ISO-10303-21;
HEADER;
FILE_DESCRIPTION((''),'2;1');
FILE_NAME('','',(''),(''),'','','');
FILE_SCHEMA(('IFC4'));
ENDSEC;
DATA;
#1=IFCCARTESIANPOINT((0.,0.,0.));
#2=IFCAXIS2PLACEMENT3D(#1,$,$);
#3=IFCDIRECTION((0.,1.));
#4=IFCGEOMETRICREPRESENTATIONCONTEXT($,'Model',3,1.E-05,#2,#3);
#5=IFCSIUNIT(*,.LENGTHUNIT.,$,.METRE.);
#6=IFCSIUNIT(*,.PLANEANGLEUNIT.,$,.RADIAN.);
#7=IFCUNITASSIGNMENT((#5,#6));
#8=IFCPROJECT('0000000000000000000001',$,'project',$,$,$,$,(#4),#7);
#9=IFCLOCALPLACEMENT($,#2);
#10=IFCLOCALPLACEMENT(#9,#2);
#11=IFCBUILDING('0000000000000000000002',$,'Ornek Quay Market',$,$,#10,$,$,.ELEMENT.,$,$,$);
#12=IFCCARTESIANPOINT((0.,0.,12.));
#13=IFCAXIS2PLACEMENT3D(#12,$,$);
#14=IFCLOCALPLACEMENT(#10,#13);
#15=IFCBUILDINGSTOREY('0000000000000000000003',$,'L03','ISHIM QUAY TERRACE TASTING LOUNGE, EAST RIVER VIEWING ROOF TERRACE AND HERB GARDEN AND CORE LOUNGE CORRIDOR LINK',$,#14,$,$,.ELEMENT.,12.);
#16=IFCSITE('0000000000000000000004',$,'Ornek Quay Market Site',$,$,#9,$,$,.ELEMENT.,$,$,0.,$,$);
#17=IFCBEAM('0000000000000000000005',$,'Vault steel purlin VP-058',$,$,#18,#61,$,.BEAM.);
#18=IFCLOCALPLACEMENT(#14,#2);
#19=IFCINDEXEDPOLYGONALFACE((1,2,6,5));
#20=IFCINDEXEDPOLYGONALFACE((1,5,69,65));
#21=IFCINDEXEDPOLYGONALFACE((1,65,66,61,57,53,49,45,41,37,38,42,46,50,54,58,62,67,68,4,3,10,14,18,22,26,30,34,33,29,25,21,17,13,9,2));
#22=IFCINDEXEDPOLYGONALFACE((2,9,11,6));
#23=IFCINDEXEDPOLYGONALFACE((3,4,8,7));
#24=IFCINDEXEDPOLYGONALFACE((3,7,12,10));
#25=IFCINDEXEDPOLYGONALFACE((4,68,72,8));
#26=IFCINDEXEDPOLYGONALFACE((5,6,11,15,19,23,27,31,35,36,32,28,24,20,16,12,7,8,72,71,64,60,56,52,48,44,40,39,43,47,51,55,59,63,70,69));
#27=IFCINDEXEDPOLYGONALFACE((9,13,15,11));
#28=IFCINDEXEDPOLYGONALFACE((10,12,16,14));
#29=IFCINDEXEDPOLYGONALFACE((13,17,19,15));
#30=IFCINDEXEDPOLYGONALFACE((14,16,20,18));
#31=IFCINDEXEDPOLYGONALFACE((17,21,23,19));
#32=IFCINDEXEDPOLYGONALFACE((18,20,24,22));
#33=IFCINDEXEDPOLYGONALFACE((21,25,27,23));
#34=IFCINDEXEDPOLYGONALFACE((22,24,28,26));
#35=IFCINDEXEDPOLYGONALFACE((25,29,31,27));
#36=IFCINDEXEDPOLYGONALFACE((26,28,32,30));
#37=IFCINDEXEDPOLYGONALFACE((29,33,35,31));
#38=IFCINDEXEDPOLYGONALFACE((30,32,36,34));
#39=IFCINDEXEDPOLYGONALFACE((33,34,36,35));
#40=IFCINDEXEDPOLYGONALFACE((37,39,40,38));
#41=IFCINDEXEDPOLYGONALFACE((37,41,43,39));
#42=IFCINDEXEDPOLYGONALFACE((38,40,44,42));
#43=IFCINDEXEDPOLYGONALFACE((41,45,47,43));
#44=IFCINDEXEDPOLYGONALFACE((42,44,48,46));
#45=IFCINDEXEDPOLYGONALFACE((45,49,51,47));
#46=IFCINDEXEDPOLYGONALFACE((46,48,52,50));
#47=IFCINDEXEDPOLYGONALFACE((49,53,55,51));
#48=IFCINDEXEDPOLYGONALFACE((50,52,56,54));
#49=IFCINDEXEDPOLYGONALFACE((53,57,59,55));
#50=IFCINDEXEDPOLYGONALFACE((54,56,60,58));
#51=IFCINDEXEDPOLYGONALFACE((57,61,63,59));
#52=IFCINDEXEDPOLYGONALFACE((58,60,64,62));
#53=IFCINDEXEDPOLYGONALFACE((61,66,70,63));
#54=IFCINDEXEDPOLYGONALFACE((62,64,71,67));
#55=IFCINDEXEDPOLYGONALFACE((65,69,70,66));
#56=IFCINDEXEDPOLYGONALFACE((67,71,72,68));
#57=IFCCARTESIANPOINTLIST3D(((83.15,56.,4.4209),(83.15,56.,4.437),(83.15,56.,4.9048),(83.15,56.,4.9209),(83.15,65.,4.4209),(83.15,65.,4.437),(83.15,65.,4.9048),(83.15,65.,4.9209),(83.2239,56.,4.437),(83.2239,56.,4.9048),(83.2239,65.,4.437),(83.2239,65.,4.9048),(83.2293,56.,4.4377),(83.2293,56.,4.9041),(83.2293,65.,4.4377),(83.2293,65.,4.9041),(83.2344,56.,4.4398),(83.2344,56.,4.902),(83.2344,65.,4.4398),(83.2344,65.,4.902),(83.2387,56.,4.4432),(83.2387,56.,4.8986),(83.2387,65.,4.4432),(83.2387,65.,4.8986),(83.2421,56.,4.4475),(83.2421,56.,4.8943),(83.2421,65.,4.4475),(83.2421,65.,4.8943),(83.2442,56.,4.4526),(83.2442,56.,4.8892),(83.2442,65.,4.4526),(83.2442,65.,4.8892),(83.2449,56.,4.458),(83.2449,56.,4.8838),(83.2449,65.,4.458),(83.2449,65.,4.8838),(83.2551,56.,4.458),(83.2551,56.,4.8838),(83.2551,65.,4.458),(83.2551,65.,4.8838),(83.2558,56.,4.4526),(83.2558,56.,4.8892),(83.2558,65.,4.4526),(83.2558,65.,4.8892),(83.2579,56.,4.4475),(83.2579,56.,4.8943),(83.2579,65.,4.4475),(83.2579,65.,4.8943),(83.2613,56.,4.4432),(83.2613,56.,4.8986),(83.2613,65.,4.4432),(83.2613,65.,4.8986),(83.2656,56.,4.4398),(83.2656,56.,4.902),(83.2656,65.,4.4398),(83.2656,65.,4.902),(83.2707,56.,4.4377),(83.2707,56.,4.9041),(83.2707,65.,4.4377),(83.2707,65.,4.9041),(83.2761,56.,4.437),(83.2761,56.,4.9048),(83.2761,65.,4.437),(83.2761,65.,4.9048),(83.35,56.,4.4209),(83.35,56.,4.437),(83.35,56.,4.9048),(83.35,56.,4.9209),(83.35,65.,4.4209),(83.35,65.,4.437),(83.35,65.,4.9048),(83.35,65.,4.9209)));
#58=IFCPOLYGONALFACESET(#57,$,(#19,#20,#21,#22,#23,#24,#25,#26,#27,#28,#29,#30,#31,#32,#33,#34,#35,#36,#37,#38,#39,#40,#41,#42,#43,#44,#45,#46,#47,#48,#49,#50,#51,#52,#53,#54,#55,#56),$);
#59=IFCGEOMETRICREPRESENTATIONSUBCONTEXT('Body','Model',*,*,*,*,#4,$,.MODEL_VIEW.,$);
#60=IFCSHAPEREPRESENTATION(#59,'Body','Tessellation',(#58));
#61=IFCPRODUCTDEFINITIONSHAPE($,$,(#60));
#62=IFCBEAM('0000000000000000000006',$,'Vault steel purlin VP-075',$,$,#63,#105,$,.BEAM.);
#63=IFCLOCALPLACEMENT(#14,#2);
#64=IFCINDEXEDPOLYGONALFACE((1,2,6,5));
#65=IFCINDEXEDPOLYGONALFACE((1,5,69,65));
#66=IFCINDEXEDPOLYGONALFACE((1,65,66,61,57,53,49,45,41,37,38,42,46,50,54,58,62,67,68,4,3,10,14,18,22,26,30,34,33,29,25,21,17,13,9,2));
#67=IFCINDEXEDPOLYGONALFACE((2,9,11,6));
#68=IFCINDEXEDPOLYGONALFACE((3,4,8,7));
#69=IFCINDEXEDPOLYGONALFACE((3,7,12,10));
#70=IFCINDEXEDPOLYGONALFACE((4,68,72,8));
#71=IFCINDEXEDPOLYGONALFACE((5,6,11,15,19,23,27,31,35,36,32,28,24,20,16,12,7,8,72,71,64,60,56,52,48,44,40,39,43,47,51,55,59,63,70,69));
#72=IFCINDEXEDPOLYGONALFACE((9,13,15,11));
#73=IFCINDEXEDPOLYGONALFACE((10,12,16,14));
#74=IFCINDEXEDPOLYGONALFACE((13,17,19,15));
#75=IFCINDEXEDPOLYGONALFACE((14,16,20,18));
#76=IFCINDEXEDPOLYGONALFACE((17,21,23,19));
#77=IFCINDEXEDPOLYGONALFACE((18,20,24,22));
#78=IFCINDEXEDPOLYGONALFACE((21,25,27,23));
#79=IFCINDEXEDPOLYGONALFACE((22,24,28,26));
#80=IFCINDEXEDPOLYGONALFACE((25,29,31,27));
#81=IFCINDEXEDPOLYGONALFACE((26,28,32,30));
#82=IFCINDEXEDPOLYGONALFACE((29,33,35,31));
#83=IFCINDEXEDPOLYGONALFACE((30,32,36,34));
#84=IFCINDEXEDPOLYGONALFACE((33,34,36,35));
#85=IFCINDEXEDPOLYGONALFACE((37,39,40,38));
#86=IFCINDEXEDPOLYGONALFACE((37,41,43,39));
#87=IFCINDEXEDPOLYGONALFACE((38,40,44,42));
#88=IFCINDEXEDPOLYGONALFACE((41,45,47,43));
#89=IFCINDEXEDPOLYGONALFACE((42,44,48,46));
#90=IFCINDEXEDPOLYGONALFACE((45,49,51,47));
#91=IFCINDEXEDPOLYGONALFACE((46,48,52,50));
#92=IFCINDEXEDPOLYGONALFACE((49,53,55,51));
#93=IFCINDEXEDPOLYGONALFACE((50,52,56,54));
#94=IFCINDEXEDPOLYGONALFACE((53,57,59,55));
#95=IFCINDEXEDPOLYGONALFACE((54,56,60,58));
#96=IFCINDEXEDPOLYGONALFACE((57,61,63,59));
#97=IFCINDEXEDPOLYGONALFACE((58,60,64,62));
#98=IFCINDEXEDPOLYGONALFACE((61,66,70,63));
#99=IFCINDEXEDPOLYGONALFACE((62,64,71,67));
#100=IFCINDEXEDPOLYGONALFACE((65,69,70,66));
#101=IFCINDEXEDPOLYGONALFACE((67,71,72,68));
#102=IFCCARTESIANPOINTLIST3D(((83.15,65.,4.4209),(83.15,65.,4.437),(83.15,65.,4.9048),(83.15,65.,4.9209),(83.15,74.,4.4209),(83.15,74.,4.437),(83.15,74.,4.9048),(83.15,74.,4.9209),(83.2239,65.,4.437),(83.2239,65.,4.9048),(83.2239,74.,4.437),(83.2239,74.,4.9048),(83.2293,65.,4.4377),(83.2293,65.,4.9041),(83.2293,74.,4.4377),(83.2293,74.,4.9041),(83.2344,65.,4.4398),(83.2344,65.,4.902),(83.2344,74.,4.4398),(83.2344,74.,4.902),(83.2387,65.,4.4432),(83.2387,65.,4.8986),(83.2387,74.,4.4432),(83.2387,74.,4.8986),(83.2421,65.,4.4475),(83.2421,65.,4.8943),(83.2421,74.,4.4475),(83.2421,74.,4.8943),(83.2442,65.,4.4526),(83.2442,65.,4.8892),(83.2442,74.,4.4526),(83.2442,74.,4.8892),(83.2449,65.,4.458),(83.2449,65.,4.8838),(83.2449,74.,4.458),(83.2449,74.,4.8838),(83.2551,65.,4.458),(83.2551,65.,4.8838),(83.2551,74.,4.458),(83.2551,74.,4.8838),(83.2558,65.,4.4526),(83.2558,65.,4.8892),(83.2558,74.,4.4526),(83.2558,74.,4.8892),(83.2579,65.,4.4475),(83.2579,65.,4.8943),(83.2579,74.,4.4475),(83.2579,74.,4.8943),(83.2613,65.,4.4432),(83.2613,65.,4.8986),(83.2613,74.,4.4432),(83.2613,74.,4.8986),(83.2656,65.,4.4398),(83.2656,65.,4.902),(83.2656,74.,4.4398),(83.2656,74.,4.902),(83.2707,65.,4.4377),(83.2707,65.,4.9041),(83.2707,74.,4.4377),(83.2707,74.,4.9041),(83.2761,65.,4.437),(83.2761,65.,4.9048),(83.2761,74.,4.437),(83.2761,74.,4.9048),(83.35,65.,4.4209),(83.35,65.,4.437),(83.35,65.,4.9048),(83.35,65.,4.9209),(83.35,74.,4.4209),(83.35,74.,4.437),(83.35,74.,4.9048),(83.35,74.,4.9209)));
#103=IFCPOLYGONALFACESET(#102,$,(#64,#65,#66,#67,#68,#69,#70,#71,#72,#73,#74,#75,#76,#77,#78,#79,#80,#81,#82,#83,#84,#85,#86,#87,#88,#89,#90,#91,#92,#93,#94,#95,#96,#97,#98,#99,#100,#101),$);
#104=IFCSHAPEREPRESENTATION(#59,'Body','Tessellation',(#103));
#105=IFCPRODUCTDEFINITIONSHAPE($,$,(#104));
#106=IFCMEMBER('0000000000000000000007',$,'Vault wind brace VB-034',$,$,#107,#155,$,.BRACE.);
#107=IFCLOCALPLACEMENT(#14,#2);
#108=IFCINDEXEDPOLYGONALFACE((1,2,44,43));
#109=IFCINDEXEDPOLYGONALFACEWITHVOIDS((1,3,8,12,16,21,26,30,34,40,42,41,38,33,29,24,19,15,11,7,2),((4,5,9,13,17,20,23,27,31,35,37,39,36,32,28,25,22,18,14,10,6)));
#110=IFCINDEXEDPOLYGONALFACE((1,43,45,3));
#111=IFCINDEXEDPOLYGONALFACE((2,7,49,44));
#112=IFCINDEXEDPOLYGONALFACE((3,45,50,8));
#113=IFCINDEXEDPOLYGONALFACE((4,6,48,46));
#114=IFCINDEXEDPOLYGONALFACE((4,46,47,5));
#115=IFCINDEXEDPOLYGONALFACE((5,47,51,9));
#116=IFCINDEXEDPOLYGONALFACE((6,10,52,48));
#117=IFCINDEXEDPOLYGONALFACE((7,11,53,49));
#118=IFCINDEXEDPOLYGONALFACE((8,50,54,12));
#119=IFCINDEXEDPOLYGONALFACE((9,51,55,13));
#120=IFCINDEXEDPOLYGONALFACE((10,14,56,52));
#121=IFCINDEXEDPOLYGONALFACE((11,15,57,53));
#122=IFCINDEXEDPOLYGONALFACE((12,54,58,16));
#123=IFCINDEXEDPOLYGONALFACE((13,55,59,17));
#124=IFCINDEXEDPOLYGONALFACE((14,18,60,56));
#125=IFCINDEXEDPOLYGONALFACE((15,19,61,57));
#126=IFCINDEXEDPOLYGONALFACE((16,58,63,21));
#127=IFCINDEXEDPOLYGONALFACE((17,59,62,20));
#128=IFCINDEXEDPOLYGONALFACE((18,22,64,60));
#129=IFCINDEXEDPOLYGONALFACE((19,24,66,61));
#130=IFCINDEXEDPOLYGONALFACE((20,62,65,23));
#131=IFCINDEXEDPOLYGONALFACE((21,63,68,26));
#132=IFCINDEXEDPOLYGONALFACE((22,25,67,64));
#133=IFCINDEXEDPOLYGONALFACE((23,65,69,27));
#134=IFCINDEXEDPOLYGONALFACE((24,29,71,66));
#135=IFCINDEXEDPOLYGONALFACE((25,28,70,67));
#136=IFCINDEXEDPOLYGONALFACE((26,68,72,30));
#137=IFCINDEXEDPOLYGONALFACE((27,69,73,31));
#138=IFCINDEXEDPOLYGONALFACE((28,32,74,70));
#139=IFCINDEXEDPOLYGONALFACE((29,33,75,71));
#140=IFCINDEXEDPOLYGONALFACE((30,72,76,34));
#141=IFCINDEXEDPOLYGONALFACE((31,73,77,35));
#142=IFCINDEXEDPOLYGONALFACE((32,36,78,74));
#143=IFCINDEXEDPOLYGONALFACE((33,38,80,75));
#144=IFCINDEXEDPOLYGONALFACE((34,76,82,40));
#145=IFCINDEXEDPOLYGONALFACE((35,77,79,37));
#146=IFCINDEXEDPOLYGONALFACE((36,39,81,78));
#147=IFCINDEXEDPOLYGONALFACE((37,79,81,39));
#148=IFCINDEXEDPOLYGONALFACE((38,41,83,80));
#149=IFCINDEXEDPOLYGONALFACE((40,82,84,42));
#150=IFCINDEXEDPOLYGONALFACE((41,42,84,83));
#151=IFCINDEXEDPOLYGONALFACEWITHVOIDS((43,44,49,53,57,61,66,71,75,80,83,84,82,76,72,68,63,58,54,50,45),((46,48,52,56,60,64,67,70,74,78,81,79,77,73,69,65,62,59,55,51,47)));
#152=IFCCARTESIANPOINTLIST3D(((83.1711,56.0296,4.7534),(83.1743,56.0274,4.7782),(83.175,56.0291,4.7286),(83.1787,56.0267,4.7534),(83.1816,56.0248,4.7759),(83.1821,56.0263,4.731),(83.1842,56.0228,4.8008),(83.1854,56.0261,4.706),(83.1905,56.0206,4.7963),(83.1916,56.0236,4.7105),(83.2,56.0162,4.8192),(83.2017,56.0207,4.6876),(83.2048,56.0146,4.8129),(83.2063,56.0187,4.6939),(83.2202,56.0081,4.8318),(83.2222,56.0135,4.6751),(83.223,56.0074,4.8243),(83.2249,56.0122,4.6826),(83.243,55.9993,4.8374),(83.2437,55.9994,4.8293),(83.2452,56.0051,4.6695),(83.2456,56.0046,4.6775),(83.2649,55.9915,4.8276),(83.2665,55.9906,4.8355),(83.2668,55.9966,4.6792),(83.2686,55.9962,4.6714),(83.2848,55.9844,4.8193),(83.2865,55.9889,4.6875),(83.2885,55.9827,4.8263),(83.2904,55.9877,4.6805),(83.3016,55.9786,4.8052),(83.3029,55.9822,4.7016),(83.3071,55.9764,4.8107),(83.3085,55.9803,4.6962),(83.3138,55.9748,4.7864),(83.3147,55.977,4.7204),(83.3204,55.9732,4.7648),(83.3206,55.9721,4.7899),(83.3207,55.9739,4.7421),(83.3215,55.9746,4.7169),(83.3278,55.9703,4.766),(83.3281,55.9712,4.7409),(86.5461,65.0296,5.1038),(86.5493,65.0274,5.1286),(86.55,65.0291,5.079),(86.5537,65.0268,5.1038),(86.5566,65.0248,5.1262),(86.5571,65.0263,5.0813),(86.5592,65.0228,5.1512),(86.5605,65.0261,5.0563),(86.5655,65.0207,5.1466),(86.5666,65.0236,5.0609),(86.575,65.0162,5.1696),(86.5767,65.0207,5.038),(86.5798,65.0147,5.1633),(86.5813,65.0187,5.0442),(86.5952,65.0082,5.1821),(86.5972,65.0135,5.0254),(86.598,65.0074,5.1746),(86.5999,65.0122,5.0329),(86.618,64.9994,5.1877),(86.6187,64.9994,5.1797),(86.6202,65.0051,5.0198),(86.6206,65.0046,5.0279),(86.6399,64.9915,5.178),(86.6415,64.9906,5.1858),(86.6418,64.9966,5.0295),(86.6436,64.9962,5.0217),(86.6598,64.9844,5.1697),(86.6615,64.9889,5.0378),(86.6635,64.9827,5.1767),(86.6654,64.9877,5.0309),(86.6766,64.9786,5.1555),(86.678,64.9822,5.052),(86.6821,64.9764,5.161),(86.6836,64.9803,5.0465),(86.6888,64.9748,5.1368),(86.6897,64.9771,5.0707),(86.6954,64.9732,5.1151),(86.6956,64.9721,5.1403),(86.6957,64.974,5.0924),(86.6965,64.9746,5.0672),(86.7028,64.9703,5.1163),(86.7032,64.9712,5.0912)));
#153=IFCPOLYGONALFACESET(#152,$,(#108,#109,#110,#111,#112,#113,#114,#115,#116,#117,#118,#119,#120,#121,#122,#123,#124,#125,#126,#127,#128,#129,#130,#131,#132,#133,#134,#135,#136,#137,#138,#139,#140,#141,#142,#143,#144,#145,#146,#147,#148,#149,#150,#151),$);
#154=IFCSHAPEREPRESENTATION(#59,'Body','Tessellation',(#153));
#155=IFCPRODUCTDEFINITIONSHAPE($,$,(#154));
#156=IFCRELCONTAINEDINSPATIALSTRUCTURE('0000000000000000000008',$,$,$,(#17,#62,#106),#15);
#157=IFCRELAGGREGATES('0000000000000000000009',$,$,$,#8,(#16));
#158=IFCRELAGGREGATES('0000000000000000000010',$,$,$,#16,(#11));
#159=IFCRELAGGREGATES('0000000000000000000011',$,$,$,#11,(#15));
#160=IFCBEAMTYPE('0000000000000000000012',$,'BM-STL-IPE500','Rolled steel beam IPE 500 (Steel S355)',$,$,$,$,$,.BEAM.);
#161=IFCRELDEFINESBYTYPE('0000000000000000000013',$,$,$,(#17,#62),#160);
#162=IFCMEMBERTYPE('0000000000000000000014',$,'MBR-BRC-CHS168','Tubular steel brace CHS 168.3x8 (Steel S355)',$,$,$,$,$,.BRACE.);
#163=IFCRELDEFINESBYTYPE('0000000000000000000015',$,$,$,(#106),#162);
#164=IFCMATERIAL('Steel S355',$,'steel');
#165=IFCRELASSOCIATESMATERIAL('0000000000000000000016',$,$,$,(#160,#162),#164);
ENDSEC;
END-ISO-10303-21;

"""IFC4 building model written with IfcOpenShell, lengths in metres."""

from ifc_helpers import new_model, si_unit, direction, frame, origin, origin_2d, place, context, subcontext, project, spatial, hollow_circle, i_section, extrude, material, material_profile, profile_set, type_object, element, save


model = new_model("IFC4")

# Units and contexts
model_context = context("Model", 3, precision=1e-05, world=origin(), true_north=direction((0.0, 1.0)))
body_context = subcontext(model_context, "Body", "Model", "MODEL_VIEW")
ifc_project = project(units=[si_unit("LENGTHUNIT", "METRE"), si_unit("PLANEANGLEUNIT", "RADIAN")], contexts=[model_context])

# Site, building, storey
site_placement = place(None, origin())
site = spatial("IfcSite", under=ifc_project, at=site_placement, Name="Ornek Quay Market Site", CompositionType="ELEMENT", RefElevation=0.0)
building_placement = place(site_placement, origin())
building = spatial("IfcBuilding", under=site, at=building_placement, Name="Ornek Quay Market", CompositionType="ELEMENT")
storey_placement = place(building_placement, frame((0.0, 0.0, 12.0)))
storey = spatial("IfcBuildingStorey", under=building, at=storey_placement, Name="L03", Description="ISHIM QUAY TERRACE TASTING LOUNGE, EAST RIVER VIEWING ROOF TERRACE AND HERB GARDEN AND CORE LOUNGE CORRIDOR LINK", CompositionType="ELEMENT", Elevation=12.0)

# Beams
ifc_material_1 = material(Name="Steel S355", Category="steel")
ifc_material_profile_1 = material_profile(ifc_material_1, i_section(OverallWidth=0.2, OverallDepth=0.5, WebThickness=0.0103, FlangeThickness=0.0161, FilletRadius=0.021, at=origin_2d()), Name="IPE 500", Category="steel")
ifc_profile_set_1 = profile_set([ifc_material_profile_1], Name="Steel S355")
beam_type_1 = type_object("IfcBeamType", Name="BM-STL-IPE500", Description="Rolled steel beam IPE 500 (Steel S355)", PredefinedType="BEAM", material=ifc_profile_set_1)
for number, where, z_axis, x_axis, name in (
    (1, (83.25, 56.0, 4.6709), (0.0, 1.0, 0.0), (-1.0, 0.0, 0.0), "Vault steel purlin VP-058"),
    (2, (83.25, 65.0, 4.6709), (0.0, 1.0, 0.0), (-1.0, 0.0, 0.0), "Vault steel purlin VP-075"),
):
    element("IfcBeam", number, at=place(storey_placement, frame(where, z_axis=z_axis, x_axis=x_axis)), inside=storey, type_object=beam_type_1, Name=name, PredefinedType="BEAM", context=body_context, shape_type="SweptSolid", body=[
        extrude(i_section(OverallWidth=0.2, OverallDepth=0.5, WebThickness=0.0103, FlangeThickness=0.0161, FilletRadius=0.021, at=origin_2d()), origin(), (0.0, 0.0, 1.0), 9.0),
    ])

# Member
ifc_material_profile_2 = material_profile(ifc_material_1, hollow_circle(Radius=0.0842, WallThickness=0.0081, at=origin_2d()), Name="CHS 168.3x8", Category="steel")
ifc_profile_set_2 = profile_set([ifc_material_profile_2], Name="Steel S355")
member_type_1 = type_object("IfcMemberType", Name="MBR-BRC-CHS168", Description="Tubular steel brace CHS 168.3x8 (Steel S355)", PredefinedType="BRACE", material=ifc_profile_set_2)
member_1_placement = place(storey_placement, frame((83.25, 56.0, 4.7534), z_axis=(0.35089, 0.935708, 0.036424), x_axis=(-0.936329, 0.351123, 0.0)))
element("IfcMember", 3, at=member_1_placement, inside=storey, type_object=member_type_1, Name="Vault wind brace VB-034", PredefinedType="BRACE", context=body_context, shape_type="SweptSolid", body=[
    extrude(hollow_circle(Radius=0.0842, WallThickness=0.0081, at=origin_2d()), origin(), (0.0, 0.0, 1.0), 9.6184),
])

save(model, "model.ifc")
